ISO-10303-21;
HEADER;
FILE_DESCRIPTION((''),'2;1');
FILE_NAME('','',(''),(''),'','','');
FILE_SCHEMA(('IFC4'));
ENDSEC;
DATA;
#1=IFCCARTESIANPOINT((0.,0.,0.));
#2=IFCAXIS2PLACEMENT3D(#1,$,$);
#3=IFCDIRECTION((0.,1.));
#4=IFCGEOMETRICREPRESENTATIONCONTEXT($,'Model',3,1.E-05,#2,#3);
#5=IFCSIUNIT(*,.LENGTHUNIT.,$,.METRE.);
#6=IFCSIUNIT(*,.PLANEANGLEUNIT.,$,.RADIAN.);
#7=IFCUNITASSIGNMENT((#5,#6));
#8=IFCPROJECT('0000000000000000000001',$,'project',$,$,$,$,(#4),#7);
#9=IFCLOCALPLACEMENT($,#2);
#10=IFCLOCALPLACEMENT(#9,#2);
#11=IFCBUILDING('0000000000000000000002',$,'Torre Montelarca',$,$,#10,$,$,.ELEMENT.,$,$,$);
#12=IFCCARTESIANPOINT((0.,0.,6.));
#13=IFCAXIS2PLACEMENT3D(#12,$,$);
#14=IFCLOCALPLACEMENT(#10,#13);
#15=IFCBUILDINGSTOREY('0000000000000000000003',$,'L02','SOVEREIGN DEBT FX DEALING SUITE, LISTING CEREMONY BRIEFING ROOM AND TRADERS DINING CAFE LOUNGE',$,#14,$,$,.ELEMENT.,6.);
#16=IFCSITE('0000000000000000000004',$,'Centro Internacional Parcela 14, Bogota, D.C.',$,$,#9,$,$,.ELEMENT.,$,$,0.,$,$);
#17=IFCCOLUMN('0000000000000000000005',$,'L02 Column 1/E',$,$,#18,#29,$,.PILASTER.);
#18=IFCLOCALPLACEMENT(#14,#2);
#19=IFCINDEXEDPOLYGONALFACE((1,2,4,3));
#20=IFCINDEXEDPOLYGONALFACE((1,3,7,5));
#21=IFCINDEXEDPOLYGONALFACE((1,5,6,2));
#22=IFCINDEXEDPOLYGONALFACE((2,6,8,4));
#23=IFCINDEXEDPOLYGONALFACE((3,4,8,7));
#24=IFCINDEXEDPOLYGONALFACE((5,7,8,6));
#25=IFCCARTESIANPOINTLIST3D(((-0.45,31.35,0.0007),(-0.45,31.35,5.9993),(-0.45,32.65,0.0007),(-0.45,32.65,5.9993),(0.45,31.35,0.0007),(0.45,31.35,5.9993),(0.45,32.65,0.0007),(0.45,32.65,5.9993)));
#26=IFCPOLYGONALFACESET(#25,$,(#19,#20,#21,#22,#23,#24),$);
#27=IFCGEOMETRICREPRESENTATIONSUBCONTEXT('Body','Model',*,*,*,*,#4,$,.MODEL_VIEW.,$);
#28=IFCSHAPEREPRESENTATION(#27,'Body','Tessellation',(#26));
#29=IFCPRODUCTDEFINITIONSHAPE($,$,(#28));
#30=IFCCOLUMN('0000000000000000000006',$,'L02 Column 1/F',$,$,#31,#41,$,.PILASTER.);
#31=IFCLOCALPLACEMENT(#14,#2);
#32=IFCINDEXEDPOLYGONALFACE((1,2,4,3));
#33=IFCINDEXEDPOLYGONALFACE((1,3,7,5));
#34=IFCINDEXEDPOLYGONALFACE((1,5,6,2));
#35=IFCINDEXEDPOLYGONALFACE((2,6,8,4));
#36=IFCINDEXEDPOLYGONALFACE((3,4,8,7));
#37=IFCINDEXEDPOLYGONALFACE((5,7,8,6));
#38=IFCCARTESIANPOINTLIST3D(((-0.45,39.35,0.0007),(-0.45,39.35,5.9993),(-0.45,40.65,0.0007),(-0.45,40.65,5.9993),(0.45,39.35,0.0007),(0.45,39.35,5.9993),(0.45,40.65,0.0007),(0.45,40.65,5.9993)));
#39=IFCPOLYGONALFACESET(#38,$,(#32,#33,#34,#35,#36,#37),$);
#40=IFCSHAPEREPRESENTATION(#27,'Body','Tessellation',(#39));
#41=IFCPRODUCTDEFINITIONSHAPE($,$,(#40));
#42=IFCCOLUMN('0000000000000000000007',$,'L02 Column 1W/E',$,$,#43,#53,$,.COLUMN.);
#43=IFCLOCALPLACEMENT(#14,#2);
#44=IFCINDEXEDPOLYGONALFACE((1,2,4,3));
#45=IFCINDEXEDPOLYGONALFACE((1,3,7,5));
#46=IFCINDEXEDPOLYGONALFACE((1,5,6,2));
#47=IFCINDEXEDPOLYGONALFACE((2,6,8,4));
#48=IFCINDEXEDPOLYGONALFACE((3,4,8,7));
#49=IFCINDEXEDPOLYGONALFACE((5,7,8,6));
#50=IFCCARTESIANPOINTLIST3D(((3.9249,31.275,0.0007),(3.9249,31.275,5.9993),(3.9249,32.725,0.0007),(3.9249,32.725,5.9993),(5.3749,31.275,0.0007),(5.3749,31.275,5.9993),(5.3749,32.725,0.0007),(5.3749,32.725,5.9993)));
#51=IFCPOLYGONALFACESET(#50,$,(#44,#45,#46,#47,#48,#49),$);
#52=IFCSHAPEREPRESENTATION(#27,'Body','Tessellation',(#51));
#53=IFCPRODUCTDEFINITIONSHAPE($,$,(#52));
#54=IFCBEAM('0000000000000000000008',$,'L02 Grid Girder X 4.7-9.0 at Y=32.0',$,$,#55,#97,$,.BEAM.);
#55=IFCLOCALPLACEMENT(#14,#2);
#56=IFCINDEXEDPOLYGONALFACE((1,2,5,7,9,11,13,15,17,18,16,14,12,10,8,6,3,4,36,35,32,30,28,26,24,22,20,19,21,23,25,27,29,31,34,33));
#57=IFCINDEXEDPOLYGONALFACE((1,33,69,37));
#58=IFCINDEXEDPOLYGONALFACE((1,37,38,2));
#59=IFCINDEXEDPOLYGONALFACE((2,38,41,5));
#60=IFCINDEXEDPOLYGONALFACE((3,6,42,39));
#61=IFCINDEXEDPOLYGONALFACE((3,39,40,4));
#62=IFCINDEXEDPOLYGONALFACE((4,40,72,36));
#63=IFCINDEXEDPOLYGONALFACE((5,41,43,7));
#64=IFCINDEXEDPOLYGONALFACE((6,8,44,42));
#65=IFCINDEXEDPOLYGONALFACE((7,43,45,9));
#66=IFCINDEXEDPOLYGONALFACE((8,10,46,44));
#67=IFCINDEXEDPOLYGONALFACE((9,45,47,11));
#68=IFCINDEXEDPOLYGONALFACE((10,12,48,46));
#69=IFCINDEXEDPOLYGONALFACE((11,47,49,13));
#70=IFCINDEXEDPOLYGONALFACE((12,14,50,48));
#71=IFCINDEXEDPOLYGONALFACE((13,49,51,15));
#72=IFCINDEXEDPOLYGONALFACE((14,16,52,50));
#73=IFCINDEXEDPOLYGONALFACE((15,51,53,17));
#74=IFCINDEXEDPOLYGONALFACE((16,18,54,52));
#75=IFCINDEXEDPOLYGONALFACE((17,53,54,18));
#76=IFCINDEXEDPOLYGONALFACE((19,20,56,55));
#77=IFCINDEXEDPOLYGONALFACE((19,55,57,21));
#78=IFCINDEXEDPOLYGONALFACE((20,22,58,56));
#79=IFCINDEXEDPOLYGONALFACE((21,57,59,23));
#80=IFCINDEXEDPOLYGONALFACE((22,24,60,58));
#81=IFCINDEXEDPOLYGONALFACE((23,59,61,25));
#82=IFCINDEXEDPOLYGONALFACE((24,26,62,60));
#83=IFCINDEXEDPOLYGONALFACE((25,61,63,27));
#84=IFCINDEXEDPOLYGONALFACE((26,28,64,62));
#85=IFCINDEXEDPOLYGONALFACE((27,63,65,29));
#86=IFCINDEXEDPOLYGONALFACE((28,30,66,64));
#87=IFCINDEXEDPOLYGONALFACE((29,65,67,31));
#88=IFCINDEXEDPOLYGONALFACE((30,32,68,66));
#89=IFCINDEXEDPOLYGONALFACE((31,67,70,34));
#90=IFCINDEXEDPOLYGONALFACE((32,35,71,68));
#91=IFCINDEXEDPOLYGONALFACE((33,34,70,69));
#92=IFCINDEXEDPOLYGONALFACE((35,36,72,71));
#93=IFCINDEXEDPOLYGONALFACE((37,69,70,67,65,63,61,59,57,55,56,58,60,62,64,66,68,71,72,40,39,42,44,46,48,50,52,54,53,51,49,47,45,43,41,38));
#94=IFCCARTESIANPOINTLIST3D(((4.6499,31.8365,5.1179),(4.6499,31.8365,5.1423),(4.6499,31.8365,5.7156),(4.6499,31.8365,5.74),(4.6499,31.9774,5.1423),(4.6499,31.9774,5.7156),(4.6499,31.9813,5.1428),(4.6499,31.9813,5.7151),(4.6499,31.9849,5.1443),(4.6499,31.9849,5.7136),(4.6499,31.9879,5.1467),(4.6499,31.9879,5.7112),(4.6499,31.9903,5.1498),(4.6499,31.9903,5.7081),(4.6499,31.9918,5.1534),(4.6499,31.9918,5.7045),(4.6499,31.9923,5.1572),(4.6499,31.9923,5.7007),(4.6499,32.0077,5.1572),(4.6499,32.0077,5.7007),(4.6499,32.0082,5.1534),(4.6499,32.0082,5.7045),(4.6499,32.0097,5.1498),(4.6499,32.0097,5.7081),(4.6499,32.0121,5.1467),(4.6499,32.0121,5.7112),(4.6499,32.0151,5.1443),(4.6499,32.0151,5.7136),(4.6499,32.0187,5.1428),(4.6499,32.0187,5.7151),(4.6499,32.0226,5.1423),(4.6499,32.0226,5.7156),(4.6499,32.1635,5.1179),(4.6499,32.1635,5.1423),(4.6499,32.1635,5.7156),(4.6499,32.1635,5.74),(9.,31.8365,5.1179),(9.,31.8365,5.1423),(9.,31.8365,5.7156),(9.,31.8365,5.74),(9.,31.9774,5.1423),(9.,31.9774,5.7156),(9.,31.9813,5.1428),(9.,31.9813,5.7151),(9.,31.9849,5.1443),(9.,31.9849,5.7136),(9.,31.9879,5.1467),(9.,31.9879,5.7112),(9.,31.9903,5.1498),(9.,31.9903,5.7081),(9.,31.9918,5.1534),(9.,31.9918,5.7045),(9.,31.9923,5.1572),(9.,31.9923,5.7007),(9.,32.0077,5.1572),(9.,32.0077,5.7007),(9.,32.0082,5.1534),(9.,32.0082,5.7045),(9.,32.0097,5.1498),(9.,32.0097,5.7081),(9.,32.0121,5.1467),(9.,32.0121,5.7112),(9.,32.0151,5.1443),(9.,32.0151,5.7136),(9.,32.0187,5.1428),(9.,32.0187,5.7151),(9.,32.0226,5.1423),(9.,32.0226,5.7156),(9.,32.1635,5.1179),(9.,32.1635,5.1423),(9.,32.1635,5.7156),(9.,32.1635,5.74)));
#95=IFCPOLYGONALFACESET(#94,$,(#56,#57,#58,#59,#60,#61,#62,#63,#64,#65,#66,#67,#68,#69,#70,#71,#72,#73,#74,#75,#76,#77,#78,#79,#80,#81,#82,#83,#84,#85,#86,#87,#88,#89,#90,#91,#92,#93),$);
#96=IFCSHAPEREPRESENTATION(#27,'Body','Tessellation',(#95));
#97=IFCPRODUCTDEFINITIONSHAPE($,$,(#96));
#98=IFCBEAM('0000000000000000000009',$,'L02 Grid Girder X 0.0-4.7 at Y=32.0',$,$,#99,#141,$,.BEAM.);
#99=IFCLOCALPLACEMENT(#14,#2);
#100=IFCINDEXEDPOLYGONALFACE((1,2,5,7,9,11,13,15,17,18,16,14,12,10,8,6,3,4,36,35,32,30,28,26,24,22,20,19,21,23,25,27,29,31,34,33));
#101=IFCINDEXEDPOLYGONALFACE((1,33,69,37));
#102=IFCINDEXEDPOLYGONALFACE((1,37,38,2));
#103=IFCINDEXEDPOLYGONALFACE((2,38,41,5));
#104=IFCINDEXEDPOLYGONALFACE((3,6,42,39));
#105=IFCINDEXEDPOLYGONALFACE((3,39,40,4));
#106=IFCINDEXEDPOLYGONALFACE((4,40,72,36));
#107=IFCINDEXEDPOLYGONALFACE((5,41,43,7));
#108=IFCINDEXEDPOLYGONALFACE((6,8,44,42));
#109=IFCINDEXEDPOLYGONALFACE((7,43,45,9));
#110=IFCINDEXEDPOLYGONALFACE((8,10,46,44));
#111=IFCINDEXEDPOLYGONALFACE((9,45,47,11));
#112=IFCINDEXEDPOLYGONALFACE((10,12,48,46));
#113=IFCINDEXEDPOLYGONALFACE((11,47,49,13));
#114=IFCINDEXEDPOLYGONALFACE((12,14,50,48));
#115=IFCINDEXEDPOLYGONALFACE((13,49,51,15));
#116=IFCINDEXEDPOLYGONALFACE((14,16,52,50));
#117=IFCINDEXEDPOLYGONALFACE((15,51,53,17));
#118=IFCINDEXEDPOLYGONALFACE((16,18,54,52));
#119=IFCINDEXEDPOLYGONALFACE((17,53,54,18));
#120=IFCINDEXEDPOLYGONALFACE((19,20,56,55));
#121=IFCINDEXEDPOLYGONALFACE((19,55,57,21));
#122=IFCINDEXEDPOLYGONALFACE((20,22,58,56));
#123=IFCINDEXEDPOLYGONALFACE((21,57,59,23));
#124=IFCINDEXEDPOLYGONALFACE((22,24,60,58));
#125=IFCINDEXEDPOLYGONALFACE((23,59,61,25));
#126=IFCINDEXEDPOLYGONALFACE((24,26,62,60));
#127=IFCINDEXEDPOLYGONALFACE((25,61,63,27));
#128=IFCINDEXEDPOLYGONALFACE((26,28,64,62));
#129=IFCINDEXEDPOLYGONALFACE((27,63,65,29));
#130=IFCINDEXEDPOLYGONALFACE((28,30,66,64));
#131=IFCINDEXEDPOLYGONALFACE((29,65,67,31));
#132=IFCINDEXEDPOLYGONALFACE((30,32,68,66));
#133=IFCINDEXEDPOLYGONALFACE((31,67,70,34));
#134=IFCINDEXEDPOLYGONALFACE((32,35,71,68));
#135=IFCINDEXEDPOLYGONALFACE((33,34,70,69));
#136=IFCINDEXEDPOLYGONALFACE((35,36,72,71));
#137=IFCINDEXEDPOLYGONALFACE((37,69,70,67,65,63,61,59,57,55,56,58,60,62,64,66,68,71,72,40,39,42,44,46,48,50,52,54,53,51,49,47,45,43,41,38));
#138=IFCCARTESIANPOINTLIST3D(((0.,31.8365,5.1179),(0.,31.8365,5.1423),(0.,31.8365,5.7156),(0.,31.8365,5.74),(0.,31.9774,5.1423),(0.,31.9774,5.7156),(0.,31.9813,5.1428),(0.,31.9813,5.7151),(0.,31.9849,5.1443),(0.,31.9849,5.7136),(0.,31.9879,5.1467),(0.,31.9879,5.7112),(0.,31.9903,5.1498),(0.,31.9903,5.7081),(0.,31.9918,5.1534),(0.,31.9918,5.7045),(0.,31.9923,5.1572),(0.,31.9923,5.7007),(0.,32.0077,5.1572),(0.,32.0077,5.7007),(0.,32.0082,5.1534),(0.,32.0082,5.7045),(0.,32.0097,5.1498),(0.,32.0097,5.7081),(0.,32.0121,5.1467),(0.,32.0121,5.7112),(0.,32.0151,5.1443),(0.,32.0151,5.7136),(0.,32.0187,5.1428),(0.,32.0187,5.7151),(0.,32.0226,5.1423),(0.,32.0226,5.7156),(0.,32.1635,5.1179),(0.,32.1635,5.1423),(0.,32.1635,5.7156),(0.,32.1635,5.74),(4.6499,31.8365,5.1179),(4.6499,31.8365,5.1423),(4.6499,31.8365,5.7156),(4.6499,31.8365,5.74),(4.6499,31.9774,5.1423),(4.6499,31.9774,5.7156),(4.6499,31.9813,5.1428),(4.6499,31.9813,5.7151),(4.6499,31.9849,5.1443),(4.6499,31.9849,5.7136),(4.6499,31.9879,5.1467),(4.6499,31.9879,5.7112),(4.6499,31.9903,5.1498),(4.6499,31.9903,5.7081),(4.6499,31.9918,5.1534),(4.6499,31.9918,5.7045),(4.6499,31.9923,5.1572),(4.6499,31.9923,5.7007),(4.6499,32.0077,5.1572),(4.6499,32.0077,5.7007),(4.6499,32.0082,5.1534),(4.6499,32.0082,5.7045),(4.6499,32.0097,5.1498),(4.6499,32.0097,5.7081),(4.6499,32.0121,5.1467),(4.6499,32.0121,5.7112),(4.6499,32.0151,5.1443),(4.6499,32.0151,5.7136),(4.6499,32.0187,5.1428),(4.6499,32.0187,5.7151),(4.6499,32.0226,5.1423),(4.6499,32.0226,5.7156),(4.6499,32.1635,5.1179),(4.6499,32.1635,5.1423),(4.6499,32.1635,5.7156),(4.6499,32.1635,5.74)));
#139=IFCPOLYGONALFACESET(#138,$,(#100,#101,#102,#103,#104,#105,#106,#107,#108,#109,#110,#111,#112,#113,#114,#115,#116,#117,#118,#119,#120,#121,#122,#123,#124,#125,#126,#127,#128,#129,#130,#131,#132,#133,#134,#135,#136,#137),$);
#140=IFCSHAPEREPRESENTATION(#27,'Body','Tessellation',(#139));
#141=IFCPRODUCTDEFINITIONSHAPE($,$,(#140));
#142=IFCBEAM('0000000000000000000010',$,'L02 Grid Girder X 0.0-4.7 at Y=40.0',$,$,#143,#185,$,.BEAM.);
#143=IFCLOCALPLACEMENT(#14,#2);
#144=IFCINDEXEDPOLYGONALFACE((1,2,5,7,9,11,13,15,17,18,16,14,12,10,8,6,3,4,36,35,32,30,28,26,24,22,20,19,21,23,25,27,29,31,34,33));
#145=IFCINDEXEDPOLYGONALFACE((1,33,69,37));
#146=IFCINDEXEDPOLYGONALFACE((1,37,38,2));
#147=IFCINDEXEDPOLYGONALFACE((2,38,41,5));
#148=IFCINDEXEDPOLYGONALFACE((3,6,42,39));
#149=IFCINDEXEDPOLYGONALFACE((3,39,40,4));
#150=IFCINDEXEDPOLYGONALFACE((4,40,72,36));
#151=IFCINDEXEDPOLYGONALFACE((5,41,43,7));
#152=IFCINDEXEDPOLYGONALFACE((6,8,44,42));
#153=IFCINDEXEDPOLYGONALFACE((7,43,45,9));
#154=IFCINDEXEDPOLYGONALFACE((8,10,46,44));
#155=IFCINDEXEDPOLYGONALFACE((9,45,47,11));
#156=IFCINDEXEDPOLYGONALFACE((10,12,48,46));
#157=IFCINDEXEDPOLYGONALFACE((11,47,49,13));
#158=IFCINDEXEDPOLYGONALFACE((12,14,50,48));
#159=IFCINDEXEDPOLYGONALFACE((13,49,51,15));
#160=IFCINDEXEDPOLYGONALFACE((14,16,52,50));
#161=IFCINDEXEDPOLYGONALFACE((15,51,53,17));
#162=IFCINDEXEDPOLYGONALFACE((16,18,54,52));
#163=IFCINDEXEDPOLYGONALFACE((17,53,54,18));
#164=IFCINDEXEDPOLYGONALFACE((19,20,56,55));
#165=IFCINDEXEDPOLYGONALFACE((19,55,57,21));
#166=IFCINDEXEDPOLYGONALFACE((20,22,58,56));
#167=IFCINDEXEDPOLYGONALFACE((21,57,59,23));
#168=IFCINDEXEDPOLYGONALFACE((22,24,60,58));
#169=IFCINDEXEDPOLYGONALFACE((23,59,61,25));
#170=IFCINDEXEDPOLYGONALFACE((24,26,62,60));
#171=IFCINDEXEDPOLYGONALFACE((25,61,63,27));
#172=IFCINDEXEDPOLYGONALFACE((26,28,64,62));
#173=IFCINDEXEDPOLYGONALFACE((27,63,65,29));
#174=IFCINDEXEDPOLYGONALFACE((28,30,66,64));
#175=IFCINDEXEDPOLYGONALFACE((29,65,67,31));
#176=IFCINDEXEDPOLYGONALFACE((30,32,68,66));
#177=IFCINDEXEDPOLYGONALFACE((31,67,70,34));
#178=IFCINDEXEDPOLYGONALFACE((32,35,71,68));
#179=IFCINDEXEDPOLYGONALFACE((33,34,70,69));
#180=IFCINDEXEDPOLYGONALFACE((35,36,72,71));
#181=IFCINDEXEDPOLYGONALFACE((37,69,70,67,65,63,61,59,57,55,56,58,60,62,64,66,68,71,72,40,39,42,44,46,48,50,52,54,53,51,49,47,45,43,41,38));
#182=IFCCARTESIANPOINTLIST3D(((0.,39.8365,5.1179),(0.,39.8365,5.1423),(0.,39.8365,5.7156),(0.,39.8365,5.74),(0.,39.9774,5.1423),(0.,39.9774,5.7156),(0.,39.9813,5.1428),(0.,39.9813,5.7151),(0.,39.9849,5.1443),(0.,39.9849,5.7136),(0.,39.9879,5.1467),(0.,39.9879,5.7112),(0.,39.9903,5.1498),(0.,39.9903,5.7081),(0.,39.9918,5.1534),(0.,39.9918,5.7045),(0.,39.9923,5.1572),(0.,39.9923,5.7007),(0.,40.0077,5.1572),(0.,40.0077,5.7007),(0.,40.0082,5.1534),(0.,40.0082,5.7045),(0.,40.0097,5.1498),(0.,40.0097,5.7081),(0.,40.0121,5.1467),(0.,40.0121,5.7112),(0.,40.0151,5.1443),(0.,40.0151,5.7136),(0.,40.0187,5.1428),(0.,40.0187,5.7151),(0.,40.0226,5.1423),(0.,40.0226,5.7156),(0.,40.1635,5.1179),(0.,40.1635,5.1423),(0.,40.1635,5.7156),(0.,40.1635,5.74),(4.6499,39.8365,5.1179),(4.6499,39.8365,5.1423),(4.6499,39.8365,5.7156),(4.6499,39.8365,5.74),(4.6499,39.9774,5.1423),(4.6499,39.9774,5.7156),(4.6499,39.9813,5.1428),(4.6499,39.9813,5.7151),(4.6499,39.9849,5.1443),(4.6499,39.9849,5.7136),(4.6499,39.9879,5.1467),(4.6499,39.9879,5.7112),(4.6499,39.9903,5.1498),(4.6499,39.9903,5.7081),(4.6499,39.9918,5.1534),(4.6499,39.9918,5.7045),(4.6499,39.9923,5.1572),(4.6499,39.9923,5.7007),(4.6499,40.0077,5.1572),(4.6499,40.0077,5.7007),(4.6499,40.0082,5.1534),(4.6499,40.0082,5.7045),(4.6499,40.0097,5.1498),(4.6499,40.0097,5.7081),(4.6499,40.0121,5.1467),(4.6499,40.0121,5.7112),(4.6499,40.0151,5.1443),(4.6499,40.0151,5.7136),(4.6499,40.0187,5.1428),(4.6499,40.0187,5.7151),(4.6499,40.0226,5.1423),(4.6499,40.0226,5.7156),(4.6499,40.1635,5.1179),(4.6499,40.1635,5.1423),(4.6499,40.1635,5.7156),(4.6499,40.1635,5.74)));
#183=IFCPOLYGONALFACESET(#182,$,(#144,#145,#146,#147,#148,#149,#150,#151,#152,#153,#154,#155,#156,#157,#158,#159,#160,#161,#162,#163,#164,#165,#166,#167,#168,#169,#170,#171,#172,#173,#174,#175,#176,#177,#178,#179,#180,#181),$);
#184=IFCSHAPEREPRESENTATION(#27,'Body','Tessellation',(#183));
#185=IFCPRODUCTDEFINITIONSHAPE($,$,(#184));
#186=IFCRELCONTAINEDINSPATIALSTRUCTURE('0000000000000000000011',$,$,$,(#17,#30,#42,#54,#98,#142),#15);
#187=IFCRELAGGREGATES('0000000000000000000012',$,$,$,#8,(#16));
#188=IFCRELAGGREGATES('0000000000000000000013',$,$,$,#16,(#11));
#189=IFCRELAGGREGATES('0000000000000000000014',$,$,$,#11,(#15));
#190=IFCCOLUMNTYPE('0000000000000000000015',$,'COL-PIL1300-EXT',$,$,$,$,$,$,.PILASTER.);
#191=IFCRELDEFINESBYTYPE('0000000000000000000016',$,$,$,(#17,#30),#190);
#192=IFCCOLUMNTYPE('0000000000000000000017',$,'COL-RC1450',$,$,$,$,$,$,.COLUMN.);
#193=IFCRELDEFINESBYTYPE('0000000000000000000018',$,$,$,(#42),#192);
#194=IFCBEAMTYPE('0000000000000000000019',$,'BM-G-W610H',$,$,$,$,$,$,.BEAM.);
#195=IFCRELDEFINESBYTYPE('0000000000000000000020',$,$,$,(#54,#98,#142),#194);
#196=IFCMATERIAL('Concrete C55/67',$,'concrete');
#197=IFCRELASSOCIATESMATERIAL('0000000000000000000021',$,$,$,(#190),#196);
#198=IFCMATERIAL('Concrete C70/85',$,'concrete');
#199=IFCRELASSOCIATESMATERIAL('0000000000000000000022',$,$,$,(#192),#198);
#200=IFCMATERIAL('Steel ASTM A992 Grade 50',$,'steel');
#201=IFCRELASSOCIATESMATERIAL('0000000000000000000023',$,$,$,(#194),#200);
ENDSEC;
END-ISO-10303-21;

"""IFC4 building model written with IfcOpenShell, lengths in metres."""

from ifc_helpers import new_model, si_unit, direction, frame, origin, origin_2d, place, context, subcontext, project, spatial, rectangle, i_section, extrude, source, transform, mapped, material, material_profile, profile_set, type_object, element, save


model = new_model("IFC4")

# Units and contexts
model_context = context("Model", 3, precision=1e-05, world=origin(), true_north=direction((0.0, 1.0)))
body_context = subcontext(model_context, "Body", "Model", "MODEL_VIEW")
ifc_project = project(units=[si_unit("LENGTHUNIT", "METRE"), si_unit("PLANEANGLEUNIT", "RADIAN")], contexts=[model_context])

# Site, building, storey
site_placement = place(None, origin())
site = spatial("IfcSite", under=ifc_project, at=site_placement, Name="Centro Internacional Parcela 14, Bogota, D.C.", CompositionType="ELEMENT", RefElevation=0.0)
building_placement = place(site_placement, origin())
building = spatial("IfcBuilding", under=site, at=building_placement, Name="Torre Montelarca", CompositionType="ELEMENT")
storey_placement = place(building_placement, frame((0.0, 0.0, 6.0)))
storey = spatial("IfcBuildingStorey", under=building, at=storey_placement, Name="L02", Description="SOVEREIGN DEBT FX DEALING SUITE, LISTING CEREMONY BRIEFING ROOM AND TRADERS DINING CAFE LOUNGE", CompositionType="ELEMENT", Elevation=6.0)

# Columns
ifc_material_1 = material(Name="Concrete C55/67", Category="concrete")
ifc_material_profile_1 = material_profile(ifc_material_1, rectangle(XDim=0.8999, YDim=1.3, at=origin_2d()), Name="RC1300X900", Category="concrete")
ifc_profile_set_1 = profile_set([ifc_material_profile_1], Name="Concrete C55/67")
column_type_1 = type_object("IfcColumnType", Name="COL-PIL1300-EXT", PredefinedType="PILASTER", material=ifc_profile_set_1)
shared_shape_1 = source(origin(), body_context, "Body", "SweptSolid", [
    extrude(rectangle(XDim=0.8999, YDim=1.3, at=origin_2d()), origin(), (0.0, 0.0, 1.0), 5.9985),
])
for number, where, z_axis, x_axis, name in (
    (1, (0.0, 32.0, 0.0007), (0.0, 0.0, 1.0), (1.0, 0.0, 0.0), "L02 Column 1/E"),
    (2, (0.0, 40.0, 0.0007), (0.0, 0.0, 1.0), (1.0, 0.0, 0.0), "L02 Column 1/F"),
):
    element("IfcColumn", number, at=place(storey_placement, frame(where, z_axis=z_axis, x_axis=x_axis)), inside=storey, type_object=column_type_1, Name=name, PredefinedType="PILASTER", context=body_context, shape_type="MappedRepresentation", body=[
        mapped(shared_shape_1, transform((0.0, 0.0, 0.0), scale=1.0)),
    ])
ifc_material_2 = material(Name="Concrete C70/85", Category="concrete")
ifc_material_profile_2 = material_profile(ifc_material_2, rectangle(XDim=1.45, YDim=1.45, at=origin_2d()), Name="RC1450X1450", Category="concrete")
ifc_profile_set_2 = profile_set([ifc_material_profile_2], Name="Concrete C70/85")
column_type_2 = type_object("IfcColumnType", Name="COL-RC1450", PredefinedType="COLUMN", material=ifc_profile_set_2)
shared_shape_2 = source(origin(), body_context, "Body", "SweptSolid", [
    extrude(rectangle(XDim=1.45, YDim=1.45, at=origin_2d()), origin(), (0.0, 0.0, 1.0), 5.9985),
])
column_placement = place(storey_placement, frame((4.6499, 32.0, 0.0007), z_axis=(0.0, 0.0, 1.0), x_axis=(1.0, 0.0, 0.0)))
element("IfcColumn", 3, at=column_placement, inside=storey, type_object=column_type_2, Name="L02 Column 1W/E", PredefinedType="COLUMN", context=body_context, shape_type="MappedRepresentation", body=[
    mapped(shared_shape_2, transform((0.0, 0.0, 0.0), scale=1.0)),
])

# Beams
ifc_material_3 = material(Name="Steel ASTM A992 Grade 50", Category="steel")
ifc_material_profile_3 = material_profile(ifc_material_3, i_section(OverallWidth=0.3269, OverallDepth=0.6221, WebThickness=0.0154, FlangeThickness=0.0244, FilletRadius=0.0149, at=origin_2d()), Name="W610X195", Category="steel")
ifc_profile_set_3 = profile_set([ifc_material_profile_3], Name="Steel ASTM A992 Grade 50")
beam_type_1 = type_object("IfcBeamType", Name="BM-G-W610H", PredefinedType="BEAM", material=ifc_profile_set_3)
shared_shape_3 = source(origin(), body_context, "Body", "SweptSolid", [
    extrude(i_section(OverallWidth=0.3269, OverallDepth=0.6221, WebThickness=0.0154, FlangeThickness=0.0244, FilletRadius=0.0149, at=origin_2d()), origin(), (0.0, 0.0, 1.0), 4.3501),
])
beam_1_placement = place(storey_placement, frame((4.6499, 32.0, 5.429), z_axis=(1.0, 0.0, 0.0), x_axis=(0.0, 1.0, 0.0)))
element("IfcBeam", 4, at=beam_1_placement, inside=storey, type_object=beam_type_1, Name="L02 Grid Girder X 4.7-9.0 at Y=32.0", PredefinedType="BEAM", context=body_context, shape_type="MappedRepresentation", body=[
    mapped(shared_shape_3, transform((0.0, 0.0, 0.0), scale=1.0)),
])
shared_shape_4 = source(origin(), body_context, "Body", "SweptSolid", [
    extrude(i_section(OverallWidth=0.3269, OverallDepth=0.6221, WebThickness=0.0154, FlangeThickness=0.0244, FilletRadius=0.0149, at=origin_2d()), origin(), (0.0, 0.0, 1.0), 4.6499),
])
for number, where, z_axis, x_axis, name in (
    (5, (0.0, 32.0, 5.429), (1.0, 0.0, 0.0), (0.0, 1.0, 0.0), "L02 Grid Girder X 0.0-4.7 at Y=32.0"),
    (6, (0.0, 40.0, 5.429), (1.0, 0.0, 0.0), (0.0, 1.0, 0.0), "L02 Grid Girder X 0.0-4.7 at Y=40.0"),
):
    element("IfcBeam", number, at=place(storey_placement, frame(where, z_axis=z_axis, x_axis=x_axis)), inside=storey, type_object=beam_type_1, Name=name, PredefinedType="BEAM", context=body_context, shape_type="MappedRepresentation", body=[
        mapped(shared_shape_4, transform((0.0, 0.0, 0.0), scale=1.0)),
    ])

save(model, "model.ifc")
